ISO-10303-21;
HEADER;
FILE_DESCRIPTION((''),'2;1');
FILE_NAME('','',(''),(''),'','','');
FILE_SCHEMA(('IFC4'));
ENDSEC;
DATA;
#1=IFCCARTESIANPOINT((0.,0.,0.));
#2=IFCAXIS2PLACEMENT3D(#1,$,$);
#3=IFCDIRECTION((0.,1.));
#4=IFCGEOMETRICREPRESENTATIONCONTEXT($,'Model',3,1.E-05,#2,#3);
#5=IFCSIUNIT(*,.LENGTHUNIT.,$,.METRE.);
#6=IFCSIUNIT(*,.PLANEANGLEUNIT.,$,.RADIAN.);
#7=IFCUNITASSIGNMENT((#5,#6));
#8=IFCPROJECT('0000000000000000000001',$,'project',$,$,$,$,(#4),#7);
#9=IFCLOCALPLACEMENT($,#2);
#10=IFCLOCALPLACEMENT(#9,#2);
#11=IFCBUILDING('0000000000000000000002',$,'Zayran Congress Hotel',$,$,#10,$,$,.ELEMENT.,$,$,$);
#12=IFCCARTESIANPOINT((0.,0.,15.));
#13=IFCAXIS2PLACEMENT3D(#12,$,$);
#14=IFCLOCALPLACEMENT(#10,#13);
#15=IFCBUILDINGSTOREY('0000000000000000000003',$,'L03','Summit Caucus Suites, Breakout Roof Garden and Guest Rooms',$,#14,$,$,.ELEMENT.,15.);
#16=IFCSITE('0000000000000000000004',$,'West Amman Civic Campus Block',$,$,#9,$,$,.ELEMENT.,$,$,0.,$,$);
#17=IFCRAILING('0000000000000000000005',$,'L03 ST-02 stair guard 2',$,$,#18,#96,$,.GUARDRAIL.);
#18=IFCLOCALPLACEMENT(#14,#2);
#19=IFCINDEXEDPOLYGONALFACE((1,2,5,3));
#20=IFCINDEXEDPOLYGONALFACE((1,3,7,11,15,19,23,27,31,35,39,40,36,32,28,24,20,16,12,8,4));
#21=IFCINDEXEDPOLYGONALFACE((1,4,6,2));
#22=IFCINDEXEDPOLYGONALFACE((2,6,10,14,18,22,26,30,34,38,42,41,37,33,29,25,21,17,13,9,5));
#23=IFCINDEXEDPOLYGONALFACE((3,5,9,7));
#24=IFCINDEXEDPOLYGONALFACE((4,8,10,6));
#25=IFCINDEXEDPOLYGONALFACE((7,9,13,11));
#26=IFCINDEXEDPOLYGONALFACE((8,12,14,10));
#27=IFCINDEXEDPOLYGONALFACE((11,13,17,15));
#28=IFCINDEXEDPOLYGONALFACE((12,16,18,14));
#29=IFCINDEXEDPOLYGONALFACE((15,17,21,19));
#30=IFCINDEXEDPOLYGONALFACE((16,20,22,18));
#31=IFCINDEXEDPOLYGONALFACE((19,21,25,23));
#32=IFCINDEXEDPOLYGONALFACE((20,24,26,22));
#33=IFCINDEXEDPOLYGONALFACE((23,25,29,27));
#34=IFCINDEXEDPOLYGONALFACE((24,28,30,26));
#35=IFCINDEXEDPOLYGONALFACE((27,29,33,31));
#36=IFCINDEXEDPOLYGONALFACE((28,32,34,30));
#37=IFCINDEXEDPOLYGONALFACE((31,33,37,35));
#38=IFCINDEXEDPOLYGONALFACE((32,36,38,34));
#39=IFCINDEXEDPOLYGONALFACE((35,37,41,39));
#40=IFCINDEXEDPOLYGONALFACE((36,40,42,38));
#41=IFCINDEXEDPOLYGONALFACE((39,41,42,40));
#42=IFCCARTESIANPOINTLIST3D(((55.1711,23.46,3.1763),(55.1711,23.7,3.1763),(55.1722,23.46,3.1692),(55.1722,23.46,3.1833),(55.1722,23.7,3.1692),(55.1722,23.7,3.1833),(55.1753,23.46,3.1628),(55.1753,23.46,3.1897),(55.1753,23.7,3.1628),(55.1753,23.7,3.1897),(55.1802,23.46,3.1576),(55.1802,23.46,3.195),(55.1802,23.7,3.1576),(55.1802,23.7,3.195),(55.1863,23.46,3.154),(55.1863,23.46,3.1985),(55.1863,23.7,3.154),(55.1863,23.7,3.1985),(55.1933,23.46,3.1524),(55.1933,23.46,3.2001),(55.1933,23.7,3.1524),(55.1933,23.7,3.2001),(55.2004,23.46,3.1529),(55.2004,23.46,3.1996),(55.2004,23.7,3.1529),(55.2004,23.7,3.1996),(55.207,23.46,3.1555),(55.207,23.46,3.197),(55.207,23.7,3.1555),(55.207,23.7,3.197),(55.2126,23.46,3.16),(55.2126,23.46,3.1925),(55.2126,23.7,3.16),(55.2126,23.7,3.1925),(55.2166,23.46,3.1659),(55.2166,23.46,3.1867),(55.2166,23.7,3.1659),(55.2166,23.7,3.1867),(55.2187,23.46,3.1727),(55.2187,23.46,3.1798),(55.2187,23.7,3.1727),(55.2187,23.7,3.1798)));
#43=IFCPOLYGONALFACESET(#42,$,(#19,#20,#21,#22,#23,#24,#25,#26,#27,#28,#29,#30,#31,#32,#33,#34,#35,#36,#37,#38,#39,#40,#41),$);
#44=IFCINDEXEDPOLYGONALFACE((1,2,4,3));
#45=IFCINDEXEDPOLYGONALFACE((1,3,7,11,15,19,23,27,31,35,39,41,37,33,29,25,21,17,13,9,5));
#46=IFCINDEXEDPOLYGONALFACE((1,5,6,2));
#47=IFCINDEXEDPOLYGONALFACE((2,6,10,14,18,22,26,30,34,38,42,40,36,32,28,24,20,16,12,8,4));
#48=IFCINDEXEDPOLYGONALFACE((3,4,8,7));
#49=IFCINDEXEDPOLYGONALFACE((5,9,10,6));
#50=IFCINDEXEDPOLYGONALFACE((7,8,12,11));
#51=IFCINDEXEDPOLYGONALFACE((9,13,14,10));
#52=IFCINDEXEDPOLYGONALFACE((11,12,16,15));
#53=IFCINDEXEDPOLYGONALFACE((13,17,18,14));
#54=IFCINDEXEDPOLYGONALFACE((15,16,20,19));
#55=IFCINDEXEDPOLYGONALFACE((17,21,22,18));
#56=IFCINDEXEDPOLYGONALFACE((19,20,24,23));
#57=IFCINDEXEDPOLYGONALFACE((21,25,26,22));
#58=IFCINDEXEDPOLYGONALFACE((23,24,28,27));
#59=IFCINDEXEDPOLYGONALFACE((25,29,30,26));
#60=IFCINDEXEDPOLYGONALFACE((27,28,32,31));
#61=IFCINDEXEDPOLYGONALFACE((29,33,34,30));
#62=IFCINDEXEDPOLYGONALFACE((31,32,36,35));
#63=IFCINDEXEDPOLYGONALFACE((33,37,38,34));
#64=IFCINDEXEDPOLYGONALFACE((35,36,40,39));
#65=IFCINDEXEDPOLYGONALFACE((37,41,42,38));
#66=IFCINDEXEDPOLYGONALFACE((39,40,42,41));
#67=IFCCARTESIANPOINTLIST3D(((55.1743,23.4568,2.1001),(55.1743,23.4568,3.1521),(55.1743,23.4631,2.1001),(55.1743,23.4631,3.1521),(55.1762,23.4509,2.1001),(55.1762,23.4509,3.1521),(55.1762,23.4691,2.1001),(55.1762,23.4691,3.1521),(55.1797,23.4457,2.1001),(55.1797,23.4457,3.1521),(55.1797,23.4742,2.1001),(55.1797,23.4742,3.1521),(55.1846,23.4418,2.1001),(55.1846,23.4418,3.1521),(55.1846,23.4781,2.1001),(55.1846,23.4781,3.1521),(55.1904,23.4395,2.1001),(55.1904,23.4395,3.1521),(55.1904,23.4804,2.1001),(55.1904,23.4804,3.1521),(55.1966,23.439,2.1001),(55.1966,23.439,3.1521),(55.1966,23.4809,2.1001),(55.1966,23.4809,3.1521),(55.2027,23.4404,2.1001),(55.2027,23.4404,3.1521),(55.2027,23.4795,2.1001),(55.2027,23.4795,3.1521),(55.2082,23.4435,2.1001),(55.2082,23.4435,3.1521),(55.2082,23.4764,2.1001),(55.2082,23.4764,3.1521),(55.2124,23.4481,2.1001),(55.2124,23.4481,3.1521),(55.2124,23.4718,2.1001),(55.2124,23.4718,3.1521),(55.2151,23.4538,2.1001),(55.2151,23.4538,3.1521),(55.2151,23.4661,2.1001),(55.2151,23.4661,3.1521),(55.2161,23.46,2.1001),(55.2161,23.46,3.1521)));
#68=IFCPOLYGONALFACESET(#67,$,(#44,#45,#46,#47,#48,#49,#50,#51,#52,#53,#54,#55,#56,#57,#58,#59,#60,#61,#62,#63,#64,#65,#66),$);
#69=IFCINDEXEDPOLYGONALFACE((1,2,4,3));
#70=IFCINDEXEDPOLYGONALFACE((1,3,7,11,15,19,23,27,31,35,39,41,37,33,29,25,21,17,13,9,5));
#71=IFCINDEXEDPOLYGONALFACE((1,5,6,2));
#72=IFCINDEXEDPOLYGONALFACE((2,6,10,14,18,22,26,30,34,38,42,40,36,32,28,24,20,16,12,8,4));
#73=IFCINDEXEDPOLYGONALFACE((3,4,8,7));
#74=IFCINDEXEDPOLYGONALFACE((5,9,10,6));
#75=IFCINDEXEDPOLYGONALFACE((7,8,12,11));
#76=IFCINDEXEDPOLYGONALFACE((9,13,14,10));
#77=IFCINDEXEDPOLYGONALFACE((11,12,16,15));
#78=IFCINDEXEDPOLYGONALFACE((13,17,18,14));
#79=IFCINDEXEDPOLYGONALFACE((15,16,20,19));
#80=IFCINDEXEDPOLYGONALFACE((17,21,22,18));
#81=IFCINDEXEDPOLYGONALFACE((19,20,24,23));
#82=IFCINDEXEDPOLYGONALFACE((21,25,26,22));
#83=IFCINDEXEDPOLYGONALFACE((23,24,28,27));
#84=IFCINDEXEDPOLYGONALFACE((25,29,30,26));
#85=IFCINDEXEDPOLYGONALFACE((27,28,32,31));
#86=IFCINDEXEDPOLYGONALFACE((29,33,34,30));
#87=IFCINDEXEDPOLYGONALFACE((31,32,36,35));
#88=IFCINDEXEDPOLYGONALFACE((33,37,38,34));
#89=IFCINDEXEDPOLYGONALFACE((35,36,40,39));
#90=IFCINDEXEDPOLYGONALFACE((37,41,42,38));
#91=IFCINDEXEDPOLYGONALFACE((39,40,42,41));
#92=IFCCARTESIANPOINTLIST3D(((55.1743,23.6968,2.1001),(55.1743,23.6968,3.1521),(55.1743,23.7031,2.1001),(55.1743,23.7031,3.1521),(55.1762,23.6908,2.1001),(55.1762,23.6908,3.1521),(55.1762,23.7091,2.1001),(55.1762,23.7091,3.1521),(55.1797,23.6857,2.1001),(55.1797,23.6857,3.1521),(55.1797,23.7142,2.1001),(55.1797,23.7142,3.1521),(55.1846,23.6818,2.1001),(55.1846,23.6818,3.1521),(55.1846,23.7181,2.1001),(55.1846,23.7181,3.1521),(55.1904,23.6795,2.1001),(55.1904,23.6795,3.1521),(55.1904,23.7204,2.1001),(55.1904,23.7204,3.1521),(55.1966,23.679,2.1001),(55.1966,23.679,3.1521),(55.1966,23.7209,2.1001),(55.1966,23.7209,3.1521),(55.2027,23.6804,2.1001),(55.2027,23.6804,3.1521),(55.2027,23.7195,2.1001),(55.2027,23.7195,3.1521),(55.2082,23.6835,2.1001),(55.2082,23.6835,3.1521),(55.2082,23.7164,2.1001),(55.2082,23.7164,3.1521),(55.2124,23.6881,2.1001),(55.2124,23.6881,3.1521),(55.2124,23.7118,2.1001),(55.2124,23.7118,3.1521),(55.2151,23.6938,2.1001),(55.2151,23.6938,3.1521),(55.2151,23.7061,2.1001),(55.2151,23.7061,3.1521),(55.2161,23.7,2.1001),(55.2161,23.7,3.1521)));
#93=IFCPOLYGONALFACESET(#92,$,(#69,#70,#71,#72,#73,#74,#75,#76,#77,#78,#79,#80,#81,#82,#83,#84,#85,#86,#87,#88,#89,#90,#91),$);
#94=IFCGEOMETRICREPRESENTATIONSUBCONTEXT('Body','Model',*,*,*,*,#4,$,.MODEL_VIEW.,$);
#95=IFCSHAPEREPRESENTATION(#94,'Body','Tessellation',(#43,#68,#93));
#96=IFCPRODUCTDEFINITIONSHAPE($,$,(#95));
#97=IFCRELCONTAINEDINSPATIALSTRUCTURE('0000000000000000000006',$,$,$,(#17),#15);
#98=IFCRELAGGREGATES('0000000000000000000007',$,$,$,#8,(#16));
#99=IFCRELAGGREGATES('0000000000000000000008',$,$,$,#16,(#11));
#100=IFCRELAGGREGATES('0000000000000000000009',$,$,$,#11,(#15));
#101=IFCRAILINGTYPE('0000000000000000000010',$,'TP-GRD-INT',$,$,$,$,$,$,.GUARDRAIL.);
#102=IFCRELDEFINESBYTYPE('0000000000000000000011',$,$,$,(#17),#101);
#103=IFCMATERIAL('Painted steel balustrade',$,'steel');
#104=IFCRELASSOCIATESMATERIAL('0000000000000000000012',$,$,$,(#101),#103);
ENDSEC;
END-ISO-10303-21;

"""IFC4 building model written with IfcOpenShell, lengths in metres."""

from ifc_helpers import new_model, si_unit, direction, frame, origin, origin_2d, place, context, subcontext, project, spatial, circle, extrude, material, type_object, element, save


model = new_model("IFC4")

# Units and contexts
model_context = context("Model", 3, precision=1e-05, world=origin(), true_north=direction((0.0, 1.0)))
body_context = subcontext(model_context, "Body", "Model", "MODEL_VIEW")
ifc_project = project(units=[si_unit("LENGTHUNIT", "METRE"), si_unit("PLANEANGLEUNIT", "RADIAN")], contexts=[model_context])

# Site, building, storey
site_placement = place(None, origin())
site = spatial("IfcSite", under=ifc_project, at=site_placement, Name="West Amman Civic Campus Block", CompositionType="ELEMENT", RefElevation=0.0)
building_placement = place(site_placement, origin())
building = spatial("IfcBuilding", under=site, at=building_placement, Name="Zayran Congress Hotel", CompositionType="ELEMENT")
storey_placement = place(building_placement, frame((0.0, 0.0, 15.0)))
storey = spatial("IfcBuildingStorey", under=building, at=storey_placement, Name="L03", Description="Summit Caucus Suites, Breakout Roof Garden and Guest Rooms", CompositionType="ELEMENT", Elevation=15.0)

# Railing
ifc_material_1 = material(Name="Painted steel balustrade", Category="steel")
railing_type_1 = type_object("IfcRailingType", Name="TP-GRD-INT", PredefinedType="GUARDRAIL", material=ifc_material_1)
railing_1_placement = place(storey_placement, frame((55.1951, 23.46, 2.1001)))
element("IfcRailing", 1, at=railing_1_placement, inside=storey, type_object=railing_type_1, Name="L03 ST-02 stair guard 2", PredefinedType="GUARDRAIL", context=body_context, shape_type="SweptSolid", body=[
    extrude(circle(Radius=0.0239, at=origin_2d()), frame((0.0, 0.0, 1.0762), z_axis=(0.0, 1.0, 0.0), x_axis=(-1.0, 0.0, 0.0)), (0.0, 0.0, 1.0), 0.24),
    extrude(circle(Radius=0.021, at=origin_2d()), origin(), (0.0, 0.0, 1.0), 1.052),
    extrude(circle(Radius=0.021, at=origin_2d()), frame((0.0, 0.24, 0.0)), (0.0, 0.0, 1.0), 1.052),
])

save(model, "model.ifc")
